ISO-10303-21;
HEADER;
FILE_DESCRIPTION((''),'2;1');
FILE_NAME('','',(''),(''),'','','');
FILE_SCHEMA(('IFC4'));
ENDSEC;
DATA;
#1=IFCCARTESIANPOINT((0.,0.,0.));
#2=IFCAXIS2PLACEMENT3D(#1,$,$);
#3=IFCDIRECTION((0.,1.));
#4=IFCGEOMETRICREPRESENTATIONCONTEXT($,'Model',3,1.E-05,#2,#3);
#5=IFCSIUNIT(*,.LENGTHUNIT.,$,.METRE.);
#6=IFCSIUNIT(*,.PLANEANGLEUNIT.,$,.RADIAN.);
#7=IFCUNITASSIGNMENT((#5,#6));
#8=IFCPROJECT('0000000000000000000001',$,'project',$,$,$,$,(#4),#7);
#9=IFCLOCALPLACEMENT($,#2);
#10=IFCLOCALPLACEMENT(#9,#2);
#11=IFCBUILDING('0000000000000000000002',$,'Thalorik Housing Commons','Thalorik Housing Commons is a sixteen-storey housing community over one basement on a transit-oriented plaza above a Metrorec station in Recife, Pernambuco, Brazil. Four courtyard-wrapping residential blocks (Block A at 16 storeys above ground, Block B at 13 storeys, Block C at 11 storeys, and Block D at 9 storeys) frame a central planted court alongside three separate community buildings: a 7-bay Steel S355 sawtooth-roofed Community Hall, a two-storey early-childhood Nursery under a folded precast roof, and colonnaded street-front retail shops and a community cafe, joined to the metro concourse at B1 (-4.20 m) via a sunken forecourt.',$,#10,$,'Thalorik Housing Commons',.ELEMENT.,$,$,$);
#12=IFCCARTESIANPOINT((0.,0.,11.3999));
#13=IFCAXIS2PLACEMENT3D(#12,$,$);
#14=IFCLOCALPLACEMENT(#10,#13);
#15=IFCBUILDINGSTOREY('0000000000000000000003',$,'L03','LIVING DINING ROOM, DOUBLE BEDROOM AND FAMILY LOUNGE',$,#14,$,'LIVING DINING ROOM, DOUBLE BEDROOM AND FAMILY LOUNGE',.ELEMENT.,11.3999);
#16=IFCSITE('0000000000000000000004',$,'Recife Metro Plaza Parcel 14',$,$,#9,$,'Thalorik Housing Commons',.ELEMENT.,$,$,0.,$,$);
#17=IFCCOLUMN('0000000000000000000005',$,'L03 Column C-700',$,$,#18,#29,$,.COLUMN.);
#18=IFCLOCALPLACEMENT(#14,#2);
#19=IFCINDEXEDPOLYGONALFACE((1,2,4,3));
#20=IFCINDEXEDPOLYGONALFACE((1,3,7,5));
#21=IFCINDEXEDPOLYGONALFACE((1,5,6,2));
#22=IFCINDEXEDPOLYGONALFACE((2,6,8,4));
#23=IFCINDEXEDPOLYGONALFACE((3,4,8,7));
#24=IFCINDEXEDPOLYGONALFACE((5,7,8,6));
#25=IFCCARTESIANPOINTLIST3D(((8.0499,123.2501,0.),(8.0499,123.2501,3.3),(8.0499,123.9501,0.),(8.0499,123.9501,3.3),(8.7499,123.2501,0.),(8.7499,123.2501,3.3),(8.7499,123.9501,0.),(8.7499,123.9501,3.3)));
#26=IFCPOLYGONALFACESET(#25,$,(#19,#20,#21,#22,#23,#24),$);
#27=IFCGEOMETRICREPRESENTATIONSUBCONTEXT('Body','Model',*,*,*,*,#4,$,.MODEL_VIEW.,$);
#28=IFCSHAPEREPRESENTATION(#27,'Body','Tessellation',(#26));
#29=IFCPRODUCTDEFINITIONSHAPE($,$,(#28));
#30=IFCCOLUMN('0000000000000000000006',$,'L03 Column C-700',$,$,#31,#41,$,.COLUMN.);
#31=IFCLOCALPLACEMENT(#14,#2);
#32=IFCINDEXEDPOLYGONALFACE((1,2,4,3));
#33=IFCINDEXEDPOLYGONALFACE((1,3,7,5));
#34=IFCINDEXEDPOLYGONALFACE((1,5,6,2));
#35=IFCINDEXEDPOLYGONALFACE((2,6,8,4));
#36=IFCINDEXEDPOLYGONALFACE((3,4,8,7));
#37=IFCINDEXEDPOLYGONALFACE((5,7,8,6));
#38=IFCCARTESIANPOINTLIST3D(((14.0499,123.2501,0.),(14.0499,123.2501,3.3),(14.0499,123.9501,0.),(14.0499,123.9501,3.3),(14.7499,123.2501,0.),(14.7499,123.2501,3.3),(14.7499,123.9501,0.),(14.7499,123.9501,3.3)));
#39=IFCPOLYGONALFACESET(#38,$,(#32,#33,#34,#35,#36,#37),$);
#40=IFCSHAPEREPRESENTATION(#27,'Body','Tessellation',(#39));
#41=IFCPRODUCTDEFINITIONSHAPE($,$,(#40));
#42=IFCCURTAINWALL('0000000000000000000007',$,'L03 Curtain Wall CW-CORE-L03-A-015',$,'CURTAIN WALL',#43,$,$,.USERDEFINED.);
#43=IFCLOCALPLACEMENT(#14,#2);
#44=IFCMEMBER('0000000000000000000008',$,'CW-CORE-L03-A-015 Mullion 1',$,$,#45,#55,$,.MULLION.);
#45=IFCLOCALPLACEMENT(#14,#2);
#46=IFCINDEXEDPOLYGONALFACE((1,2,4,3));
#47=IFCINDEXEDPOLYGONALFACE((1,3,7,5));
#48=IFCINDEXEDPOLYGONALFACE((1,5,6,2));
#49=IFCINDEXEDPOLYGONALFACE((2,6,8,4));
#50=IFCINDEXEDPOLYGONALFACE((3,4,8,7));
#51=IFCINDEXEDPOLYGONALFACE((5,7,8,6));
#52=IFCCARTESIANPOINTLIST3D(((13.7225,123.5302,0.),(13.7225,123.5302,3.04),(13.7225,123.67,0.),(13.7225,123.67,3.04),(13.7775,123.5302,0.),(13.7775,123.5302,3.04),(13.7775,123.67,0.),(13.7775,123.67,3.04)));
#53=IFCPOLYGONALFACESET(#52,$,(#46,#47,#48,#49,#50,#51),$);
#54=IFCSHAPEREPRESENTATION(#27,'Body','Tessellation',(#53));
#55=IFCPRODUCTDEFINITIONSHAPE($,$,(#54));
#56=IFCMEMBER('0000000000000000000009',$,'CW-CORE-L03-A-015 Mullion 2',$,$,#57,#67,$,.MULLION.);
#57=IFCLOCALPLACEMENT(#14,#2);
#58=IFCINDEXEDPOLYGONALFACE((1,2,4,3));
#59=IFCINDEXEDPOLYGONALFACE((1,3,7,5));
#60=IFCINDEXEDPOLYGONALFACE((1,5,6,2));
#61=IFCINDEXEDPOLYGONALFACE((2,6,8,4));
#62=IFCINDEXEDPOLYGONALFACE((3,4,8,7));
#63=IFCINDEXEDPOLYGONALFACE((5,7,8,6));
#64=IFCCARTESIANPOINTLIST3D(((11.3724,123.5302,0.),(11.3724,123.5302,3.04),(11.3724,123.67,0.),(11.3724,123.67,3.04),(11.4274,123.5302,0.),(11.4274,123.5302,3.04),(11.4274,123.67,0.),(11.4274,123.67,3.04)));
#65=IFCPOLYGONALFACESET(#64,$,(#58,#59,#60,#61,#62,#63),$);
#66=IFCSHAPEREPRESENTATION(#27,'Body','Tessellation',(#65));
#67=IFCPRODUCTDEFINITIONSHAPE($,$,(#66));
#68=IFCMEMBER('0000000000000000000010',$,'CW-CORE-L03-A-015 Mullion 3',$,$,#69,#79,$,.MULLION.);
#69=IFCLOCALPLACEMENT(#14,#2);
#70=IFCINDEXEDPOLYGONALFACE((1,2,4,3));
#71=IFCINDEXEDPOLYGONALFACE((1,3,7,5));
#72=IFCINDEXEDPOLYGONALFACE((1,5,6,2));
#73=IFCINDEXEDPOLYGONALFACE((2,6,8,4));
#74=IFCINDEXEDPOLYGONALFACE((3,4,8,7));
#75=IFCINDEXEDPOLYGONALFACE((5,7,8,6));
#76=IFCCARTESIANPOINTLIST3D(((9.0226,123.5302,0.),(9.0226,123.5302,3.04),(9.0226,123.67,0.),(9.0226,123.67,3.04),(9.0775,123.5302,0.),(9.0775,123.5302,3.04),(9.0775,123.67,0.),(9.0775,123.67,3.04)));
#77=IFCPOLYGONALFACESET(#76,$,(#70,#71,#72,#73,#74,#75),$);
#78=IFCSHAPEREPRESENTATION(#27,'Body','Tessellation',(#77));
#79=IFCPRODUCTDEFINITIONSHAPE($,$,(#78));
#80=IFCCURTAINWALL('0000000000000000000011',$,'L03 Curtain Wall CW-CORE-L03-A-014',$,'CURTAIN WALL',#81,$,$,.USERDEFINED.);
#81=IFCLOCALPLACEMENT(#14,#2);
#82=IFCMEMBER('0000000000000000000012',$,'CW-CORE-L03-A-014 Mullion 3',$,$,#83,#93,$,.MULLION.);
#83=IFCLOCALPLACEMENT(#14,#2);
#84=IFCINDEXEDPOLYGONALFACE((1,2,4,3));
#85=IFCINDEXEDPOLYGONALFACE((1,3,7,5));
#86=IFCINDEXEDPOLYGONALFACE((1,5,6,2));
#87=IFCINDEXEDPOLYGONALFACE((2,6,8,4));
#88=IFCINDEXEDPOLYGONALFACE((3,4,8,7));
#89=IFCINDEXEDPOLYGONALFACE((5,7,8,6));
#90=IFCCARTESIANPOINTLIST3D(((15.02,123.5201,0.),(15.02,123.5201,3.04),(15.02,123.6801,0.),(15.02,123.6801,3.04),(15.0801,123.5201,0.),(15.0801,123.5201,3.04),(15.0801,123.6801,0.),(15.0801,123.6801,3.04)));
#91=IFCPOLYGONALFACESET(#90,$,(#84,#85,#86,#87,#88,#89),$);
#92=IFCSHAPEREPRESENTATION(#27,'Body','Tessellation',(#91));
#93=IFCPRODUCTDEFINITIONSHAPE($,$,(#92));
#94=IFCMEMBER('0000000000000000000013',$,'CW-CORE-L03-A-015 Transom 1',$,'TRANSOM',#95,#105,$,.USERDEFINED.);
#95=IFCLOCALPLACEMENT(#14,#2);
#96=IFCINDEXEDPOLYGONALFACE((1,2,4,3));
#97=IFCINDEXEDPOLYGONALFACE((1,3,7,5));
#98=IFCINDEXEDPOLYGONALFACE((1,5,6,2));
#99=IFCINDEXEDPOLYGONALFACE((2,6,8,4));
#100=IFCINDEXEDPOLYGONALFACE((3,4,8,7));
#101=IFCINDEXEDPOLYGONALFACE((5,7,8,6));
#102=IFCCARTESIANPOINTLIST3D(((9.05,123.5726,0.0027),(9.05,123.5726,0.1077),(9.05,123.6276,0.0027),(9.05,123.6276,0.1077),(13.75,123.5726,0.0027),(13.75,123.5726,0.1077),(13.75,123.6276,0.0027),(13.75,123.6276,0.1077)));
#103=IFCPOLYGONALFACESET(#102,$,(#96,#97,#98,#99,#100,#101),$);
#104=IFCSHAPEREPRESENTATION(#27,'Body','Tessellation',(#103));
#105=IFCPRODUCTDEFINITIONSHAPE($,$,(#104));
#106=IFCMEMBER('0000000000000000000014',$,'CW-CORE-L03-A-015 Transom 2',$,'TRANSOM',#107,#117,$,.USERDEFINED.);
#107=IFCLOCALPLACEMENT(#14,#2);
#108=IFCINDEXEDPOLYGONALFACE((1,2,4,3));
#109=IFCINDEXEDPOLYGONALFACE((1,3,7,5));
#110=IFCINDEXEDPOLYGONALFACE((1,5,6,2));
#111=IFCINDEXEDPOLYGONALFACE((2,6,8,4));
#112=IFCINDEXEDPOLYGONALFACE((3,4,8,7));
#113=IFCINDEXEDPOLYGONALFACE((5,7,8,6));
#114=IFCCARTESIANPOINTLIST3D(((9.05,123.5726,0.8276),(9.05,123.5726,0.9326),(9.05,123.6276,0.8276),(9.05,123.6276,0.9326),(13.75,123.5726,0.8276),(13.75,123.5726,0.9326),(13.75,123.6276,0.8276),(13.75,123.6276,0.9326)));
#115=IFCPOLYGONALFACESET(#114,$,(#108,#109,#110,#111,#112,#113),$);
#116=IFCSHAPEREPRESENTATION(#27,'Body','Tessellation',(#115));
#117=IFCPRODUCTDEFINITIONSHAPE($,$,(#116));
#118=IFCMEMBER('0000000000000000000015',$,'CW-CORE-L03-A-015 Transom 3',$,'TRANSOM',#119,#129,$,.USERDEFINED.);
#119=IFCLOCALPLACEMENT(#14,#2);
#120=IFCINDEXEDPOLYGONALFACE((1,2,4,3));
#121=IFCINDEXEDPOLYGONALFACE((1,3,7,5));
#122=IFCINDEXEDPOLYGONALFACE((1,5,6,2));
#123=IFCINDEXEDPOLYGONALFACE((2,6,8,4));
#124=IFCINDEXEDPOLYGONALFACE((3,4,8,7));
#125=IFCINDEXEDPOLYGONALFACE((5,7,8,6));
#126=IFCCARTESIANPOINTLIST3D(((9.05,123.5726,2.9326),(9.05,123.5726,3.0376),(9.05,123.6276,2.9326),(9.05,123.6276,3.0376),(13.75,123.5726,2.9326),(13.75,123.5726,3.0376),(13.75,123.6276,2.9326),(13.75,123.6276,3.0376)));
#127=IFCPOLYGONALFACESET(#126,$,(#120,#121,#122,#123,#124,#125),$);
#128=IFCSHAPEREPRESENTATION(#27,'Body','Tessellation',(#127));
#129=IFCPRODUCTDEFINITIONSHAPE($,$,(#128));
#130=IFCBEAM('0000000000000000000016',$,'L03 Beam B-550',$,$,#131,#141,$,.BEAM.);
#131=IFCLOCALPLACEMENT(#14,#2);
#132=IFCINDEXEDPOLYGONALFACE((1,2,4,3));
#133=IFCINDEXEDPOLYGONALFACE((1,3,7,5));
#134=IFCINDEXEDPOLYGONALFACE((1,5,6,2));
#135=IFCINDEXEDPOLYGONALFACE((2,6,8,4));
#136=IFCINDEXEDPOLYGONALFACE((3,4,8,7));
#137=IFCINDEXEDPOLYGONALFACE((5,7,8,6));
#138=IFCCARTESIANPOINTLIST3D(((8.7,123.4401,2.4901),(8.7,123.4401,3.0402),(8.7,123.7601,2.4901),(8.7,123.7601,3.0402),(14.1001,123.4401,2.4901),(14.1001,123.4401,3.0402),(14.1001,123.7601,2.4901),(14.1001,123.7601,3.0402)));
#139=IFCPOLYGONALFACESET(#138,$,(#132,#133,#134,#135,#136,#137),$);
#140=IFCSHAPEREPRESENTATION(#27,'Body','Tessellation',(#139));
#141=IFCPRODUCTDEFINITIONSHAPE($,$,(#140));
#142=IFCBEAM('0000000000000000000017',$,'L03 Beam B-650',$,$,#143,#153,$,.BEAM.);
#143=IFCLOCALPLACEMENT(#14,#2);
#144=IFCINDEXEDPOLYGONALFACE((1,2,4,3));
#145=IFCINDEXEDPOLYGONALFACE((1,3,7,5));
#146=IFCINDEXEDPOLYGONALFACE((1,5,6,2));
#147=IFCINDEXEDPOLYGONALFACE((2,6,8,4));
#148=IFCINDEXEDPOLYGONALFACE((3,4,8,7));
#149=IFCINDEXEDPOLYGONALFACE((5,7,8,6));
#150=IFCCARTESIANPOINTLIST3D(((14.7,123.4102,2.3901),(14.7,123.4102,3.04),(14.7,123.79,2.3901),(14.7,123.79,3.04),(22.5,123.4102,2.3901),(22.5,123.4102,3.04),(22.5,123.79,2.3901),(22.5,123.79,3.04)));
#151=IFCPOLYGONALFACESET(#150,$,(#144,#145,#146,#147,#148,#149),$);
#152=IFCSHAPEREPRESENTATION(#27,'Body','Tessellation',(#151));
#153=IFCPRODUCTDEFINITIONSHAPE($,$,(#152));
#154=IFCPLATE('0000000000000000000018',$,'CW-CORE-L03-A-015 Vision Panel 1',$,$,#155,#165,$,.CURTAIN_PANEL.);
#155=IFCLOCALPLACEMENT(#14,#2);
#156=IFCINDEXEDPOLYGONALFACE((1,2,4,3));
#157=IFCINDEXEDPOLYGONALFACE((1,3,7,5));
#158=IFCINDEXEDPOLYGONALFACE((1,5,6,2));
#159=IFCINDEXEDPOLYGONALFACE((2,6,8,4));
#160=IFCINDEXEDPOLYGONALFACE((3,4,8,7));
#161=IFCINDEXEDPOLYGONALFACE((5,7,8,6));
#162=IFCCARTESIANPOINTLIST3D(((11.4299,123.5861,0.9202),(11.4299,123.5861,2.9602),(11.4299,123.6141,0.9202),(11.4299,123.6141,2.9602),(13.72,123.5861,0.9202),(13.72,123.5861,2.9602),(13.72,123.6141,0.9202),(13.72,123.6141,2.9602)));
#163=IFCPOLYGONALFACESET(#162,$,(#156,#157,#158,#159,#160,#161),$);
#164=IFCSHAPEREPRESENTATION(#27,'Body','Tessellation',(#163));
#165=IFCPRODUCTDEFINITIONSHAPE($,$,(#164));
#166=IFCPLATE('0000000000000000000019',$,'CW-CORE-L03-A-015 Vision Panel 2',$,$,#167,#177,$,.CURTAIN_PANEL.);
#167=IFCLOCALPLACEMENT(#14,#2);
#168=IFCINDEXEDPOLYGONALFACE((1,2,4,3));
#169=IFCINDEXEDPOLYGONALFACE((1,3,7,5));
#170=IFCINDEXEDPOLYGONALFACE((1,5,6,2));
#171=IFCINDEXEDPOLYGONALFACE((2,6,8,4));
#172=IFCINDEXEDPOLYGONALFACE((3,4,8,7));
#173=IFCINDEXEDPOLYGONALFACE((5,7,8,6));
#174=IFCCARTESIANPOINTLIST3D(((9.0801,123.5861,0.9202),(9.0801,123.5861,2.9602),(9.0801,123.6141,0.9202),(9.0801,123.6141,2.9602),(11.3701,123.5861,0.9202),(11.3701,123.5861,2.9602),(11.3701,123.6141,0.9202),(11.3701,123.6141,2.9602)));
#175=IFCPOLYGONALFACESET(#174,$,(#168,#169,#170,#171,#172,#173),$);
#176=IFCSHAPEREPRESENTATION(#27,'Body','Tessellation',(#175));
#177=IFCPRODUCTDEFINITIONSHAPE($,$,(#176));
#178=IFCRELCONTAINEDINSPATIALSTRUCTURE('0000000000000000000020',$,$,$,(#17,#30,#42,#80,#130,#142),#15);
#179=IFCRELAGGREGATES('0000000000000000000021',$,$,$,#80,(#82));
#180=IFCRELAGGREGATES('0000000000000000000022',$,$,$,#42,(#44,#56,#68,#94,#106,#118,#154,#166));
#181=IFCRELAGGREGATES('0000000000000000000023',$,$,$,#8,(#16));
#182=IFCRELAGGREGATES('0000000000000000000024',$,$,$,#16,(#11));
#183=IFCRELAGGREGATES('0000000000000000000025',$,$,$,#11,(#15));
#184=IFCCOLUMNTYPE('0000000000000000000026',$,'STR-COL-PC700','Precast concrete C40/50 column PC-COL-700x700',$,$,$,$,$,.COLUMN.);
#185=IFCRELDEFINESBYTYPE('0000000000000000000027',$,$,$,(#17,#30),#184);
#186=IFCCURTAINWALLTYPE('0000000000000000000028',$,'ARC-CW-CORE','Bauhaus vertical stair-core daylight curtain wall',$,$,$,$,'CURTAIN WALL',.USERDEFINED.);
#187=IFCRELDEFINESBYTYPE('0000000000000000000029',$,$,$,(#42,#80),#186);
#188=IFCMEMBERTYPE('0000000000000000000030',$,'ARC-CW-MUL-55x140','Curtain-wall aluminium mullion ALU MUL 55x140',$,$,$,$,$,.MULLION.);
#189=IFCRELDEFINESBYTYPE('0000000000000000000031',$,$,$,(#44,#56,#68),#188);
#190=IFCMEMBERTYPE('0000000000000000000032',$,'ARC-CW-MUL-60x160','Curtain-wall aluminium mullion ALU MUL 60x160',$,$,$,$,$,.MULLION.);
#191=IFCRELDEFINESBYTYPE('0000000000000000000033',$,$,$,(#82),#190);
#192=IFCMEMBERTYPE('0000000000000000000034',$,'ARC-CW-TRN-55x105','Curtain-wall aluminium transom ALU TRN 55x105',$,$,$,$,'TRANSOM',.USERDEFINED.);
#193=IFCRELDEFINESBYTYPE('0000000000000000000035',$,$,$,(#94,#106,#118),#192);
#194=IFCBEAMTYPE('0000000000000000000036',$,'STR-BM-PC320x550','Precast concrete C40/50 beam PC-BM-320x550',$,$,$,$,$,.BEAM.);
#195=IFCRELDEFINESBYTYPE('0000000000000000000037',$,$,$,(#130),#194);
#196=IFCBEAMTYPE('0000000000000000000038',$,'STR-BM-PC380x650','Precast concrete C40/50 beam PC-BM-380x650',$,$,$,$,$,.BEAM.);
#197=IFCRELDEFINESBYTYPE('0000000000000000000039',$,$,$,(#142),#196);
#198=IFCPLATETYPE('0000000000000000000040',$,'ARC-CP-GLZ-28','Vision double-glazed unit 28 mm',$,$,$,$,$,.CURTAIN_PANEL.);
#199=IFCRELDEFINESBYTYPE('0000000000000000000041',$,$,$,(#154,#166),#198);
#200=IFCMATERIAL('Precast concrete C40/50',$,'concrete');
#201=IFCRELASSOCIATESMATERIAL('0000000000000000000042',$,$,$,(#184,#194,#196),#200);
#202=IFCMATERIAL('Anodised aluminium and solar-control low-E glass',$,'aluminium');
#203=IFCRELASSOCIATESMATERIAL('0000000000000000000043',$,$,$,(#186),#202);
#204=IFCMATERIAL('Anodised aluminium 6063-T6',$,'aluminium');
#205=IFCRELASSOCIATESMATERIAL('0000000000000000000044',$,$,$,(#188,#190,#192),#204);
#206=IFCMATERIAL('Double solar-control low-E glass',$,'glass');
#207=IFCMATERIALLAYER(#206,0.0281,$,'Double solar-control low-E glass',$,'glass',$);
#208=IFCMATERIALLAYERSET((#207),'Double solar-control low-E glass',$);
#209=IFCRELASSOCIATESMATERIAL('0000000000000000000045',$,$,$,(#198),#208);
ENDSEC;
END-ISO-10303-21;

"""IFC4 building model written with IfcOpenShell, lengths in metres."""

from ifc_helpers import new_model, si_unit, direction, frame, origin, origin_2d, place, context, subcontext, project, spatial, rectangle, extrude, material, layer, layer_set, material_profile, profile_set, type_object, element, aggregate, save


model = new_model("IFC4")

# Units and contexts
model_context = context("Model", 3, precision=1e-05, world=origin(), true_north=direction((0.0, 1.0)))
body_context = subcontext(model_context, "Body", "Model", "MODEL_VIEW")
ifc_project = project(units=[si_unit("LENGTHUNIT", "METRE"), si_unit("PLANEANGLEUNIT", "RADIAN")], contexts=[model_context])

# Site, building, storey
site_placement = place(None, origin())
site = spatial("IfcSite", under=ifc_project, at=site_placement, Name="Recife Metro Plaza Parcel 14", LongName="Thalorik Housing Commons", CompositionType="ELEMENT", RefElevation=0.0)
building_placement = place(site_placement, origin())
building = spatial("IfcBuilding", under=site, at=building_placement, Name="Thalorik Housing Commons", Description="Thalorik Housing Commons is a sixteen-storey housing community over one basement on a transit-oriented plaza above a Metrorec station in Recife, Pernambuco, Brazil. Four courtyard-wrapping residential blocks (Block A at 16 storeys above ground, Block B at 13 storeys, Block C at 11 storeys, and Block D at 9 storeys) frame a central planted court alongside three separate community buildings: a 7-bay Steel S355 sawtooth-roofed Community Hall, a two-storey early-childhood Nursery under a folded precast roof, and colonnaded street-front retail shops and a community cafe, joined to the metro concourse at B1 (-4.20 m) via a sunken forecourt.", LongName="Thalorik Housing Commons", CompositionType="ELEMENT")
storey_placement = place(building_placement, frame((0.0, 0.0, 11.3999)))
storey = spatial("IfcBuildingStorey", under=building, at=storey_placement, Name="L03", Description="LIVING DINING ROOM, DOUBLE BEDROOM AND FAMILY LOUNGE", LongName="LIVING DINING ROOM, DOUBLE BEDROOM AND FAMILY LOUNGE", CompositionType="ELEMENT", Elevation=11.3999)

# Columns
ifc_material_1 = material(Name="Precast concrete C40/50", Category="concrete")
ifc_material_profile_1 = material_profile(ifc_material_1, rectangle(XDim=0.7, YDim=0.7, at=origin_2d()), Name="PC 700x700", Category="concrete")
ifc_profile_set_1 = profile_set([ifc_material_profile_1], Name="Precast concrete C40/50")
column_type = type_object("IfcColumnType", Name="STR-COL-PC700", Description="Precast concrete C40/50 column PC-COL-700x700", PredefinedType="COLUMN", material=ifc_profile_set_1)
for number, where, z_axis, x_axis, name in (
    (1, (8.3999, 123.6001, 0.0), (0.0, 0.0, 1.0), (1.0, 0.0, 0.0), "L03 Column C-700"),
    (2, (14.3999, 123.6001, 0.0), (0.0, 0.0, 1.0), (1.0, 0.0, 0.0), "L03 Column C-700"),
):
    element("IfcColumn", number, at=place(storey_placement, frame(where, z_axis=z_axis, x_axis=x_axis)), inside=storey, type_object=column_type, Name=name, PredefinedType="COLUMN", context=body_context, shape_type="SweptSolid", body=[
        extrude(rectangle(XDim=0.7, YDim=0.7, at=origin_2d()), origin(), (0.0, 0.0, 1.0), 3.3),
    ])

# Curtain wall, members
ifc_material_2 = material(Name="Anodised aluminium and solar-control low-E glass", Category="aluminium")
curtain_wall_type = type_object("IfcCurtainWallType", Name="ARC-CW-CORE", Description="Bauhaus vertical stair-core daylight curtain wall", ElementType="CURTAIN WALL", PredefinedType="USERDEFINED", material=ifc_material_2)
curtain_wall_1_placement = place(storey_placement, origin())
curtain_wall_1 = element("IfcCurtainWall", 3, at=curtain_wall_1_placement, inside=storey, type_object=curtain_wall_type, Name="L03 Curtain Wall CW-CORE-L03-A-015", ObjectType="CURTAIN WALL", PredefinedType="USERDEFINED")
ifc_material_3 = material(Name="Anodised aluminium 6063-T6", Category="aluminium")
ifc_material_profile_2 = material_profile(ifc_material_3, rectangle(XDim=0.0549, YDim=0.1399, at=origin_2d()), Name="ALU MUL 55x140", Category="aluminium")
ifc_profile_set_2 = profile_set([ifc_material_profile_2], Name="Anodised aluminium 6063-T6")
member_type_1 = type_object("IfcMemberType", Name="ARC-CW-MUL-55x140", Description="Curtain-wall aluminium mullion ALU MUL 55x140", PredefinedType="MULLION", material=ifc_profile_set_2)
member_1_placement = place(storey_placement, frame((13.75, 123.6001, 0.0), z_axis=(0.0, 0.0, 1.0), x_axis=(-1.0, 0.0, 0.0)))
member_1 = element("IfcMember", 4, at=member_1_placement, type_object=member_type_1, Name="CW-CORE-L03-A-015 Mullion 1", PredefinedType="MULLION", context=body_context, shape_type="SweptSolid", body=[
    extrude(rectangle(XDim=0.0549, YDim=0.1399, at=origin_2d()), origin(), (0.0, 0.0, 1.0), 3.04),
])
member_2_placement = place(storey_placement, frame((11.3999, 123.6001, 0.0), z_axis=(0.0, 0.0, 1.0), x_axis=(-1.0, 0.0, 0.0)))
member_2 = element("IfcMember", 5, at=member_2_placement, type_object=member_type_1, Name="CW-CORE-L03-A-015 Mullion 2", PredefinedType="MULLION", context=body_context, shape_type="SweptSolid", body=[
    extrude(rectangle(XDim=0.0549, YDim=0.1399, at=origin_2d()), origin(), (0.0, 0.0, 1.0), 3.04),
])
member_3_placement = place(storey_placement, frame((9.05, 123.6001, 0.0), z_axis=(0.0, 0.0, 1.0), x_axis=(-1.0, 0.0, 0.0)))
member_3 = element("IfcMember", 6, at=member_3_placement, type_object=member_type_1, Name="CW-CORE-L03-A-015 Mullion 3", PredefinedType="MULLION", context=body_context, shape_type="SweptSolid", body=[
    extrude(rectangle(XDim=0.0549, YDim=0.1399, at=origin_2d()), origin(), (0.0, 0.0, 1.0), 3.04),
])

# Curtain wall, member
curtain_wall_2_placement = place(storey_placement, origin())
curtain_wall_2 = element("IfcCurtainWall", 7, at=curtain_wall_2_placement, inside=storey, type_object=curtain_wall_type, Name="L03 Curtain Wall CW-CORE-L03-A-014", ObjectType="CURTAIN WALL", PredefinedType="USERDEFINED")
ifc_material_profile_3 = material_profile(ifc_material_3, rectangle(XDim=0.0601, YDim=0.1599, at=origin_2d()), Name="ALU MUL 60x160", Category="aluminium")
ifc_profile_set_3 = profile_set([ifc_material_profile_3], Name="Anodised aluminium 6063-T6")
member_type_2 = type_object("IfcMemberType", Name="ARC-CW-MUL-60x160", Description="Curtain-wall aluminium mullion ALU MUL 60x160", PredefinedType="MULLION", material=ifc_profile_set_3)
member_4_placement = place(storey_placement, frame((15.05, 123.6001, 0.0), z_axis=(0.0, 0.0, 1.0), x_axis=(-1.0, 0.0, 0.0)))
member_4 = element("IfcMember", 8, at=member_4_placement, type_object=member_type_2, Name="CW-CORE-L03-A-014 Mullion 3", PredefinedType="MULLION", context=body_context, shape_type="SweptSolid", body=[
    extrude(rectangle(XDim=0.0601, YDim=0.1599, at=origin_2d()), origin(), (0.0, 0.0, 1.0), 3.04),
])
aggregate(curtain_wall_2, [member_4])

# Members
ifc_material_profile_4 = material_profile(ifc_material_3, rectangle(XDim=0.0549, YDim=0.105, at=origin_2d()), Name="ALU TRN 55x105", Category="aluminium")
ifc_profile_set_4 = profile_set([ifc_material_profile_4], Name="Anodised aluminium 6063-T6")
member_type_3 = type_object("IfcMemberType", Name="ARC-CW-TRN-55x105", Description="Curtain-wall aluminium transom ALU TRN 55x105", ElementType="TRANSOM", PredefinedType="USERDEFINED", material=ifc_profile_set_4)
member_5_placement = place(storey_placement, frame((13.75, 123.6001, 0.0552), z_axis=(-1.0, 0.0, 0.0), x_axis=(0.0, -1.0, 0.0)))
member_5 = element("IfcMember", 9, at=member_5_placement, type_object=member_type_3, Name="CW-CORE-L03-A-015 Transom 1", ObjectType="TRANSOM", PredefinedType="USERDEFINED", context=body_context, shape_type="SweptSolid", body=[
    extrude(rectangle(XDim=0.0549, YDim=0.105, at=origin_2d()), origin(), (0.0, 0.0, 1.0), 4.7),
])
member_6_placement = place(storey_placement, frame((13.75, 123.6001, 0.8801), z_axis=(-1.0, 0.0, 0.0), x_axis=(0.0, -1.0, 0.0)))
member_6 = element("IfcMember", 10, at=member_6_placement, type_object=member_type_3, Name="CW-CORE-L03-A-015 Transom 2", ObjectType="TRANSOM", PredefinedType="USERDEFINED", context=body_context, shape_type="SweptSolid", body=[
    extrude(rectangle(XDim=0.0549, YDim=0.105, at=origin_2d()), origin(), (0.0, 0.0, 1.0), 4.7),
])
member_7_placement = place(storey_placement, frame((13.75, 123.6001, 2.9851), z_axis=(-1.0, 0.0, 0.0), x_axis=(0.0, -1.0, 0.0)))
member_7 = element("IfcMember", 11, at=member_7_placement, type_object=member_type_3, Name="CW-CORE-L03-A-015 Transom 3", ObjectType="TRANSOM", PredefinedType="USERDEFINED", context=body_context, shape_type="SweptSolid", body=[
    extrude(rectangle(XDim=0.0549, YDim=0.105, at=origin_2d()), origin(), (0.0, 0.0, 1.0), 4.7),
])

# Beams
ifc_material_profile_5 = material_profile(ifc_material_1, rectangle(XDim=0.3201, YDim=0.55, at=origin_2d()), Name="PC 320x550", Category="concrete")
ifc_profile_set_5 = profile_set([ifc_material_profile_5], Name="Precast concrete C40/50")
beam_type_1 = type_object("IfcBeamType", Name="STR-BM-PC320x550", Description="Precast concrete C40/50 beam PC-BM-320x550", PredefinedType="BEAM", material=ifc_profile_set_5)
beam_1_placement = place(storey_placement, frame((8.7, 123.6001, 2.7651), z_axis=(1.0, 0.0, 0.0), x_axis=(0.0, 1.0, 0.0)))
element("IfcBeam", 12, at=beam_1_placement, inside=storey, type_object=beam_type_1, Name="L03 Beam B-550", PredefinedType="BEAM", context=body_context, shape_type="SweptSolid", body=[
    extrude(rectangle(XDim=0.3201, YDim=0.55, at=origin_2d()), origin(), (0.0, 0.0, 1.0), 5.4001),
])
ifc_material_profile_6 = material_profile(ifc_material_1, rectangle(XDim=0.3799, YDim=0.6499, at=origin_2d()), Name="PC 380x650", Category="concrete")
ifc_profile_set_6 = profile_set([ifc_material_profile_6], Name="Precast concrete C40/50")
beam_type_2 = type_object("IfcBeamType", Name="STR-BM-PC380x650", Description="Precast concrete C40/50 beam PC-BM-380x650", PredefinedType="BEAM", material=ifc_profile_set_6)
beam_2_placement = place(storey_placement, frame((14.7, 123.6001, 2.7151), z_axis=(1.0, 0.0, 0.0), x_axis=(0.0, 1.0, 0.0)))
element("IfcBeam", 13, at=beam_2_placement, inside=storey, type_object=beam_type_2, Name="L03 Beam B-650", PredefinedType="BEAM", context=body_context, shape_type="SweptSolid", body=[
    extrude(rectangle(XDim=0.3799, YDim=0.6499, at=origin_2d()), origin(), (0.0, 0.0, 1.0), 7.8),
])

# Plates
ifc_material_4 = material(Name="Double solar-control low-E glass", Category="glass")
ifc_layer_1 = layer(ifc_material_4, 0.0281, Name="Double solar-control low-E glass", Category="glass")
ifc_layer_set_1 = layer_set([ifc_layer_1], Name="Double solar-control low-E glass")
plate_type_1 = type_object("IfcPlateType", Name="ARC-CP-GLZ-28", Description="Vision double-glazed unit 28 mm", PredefinedType="CURTAIN_PANEL", material=ifc_layer_set_1)
plate_1_placement = place(storey_placement, frame((12.575, 123.6001, 0.9202), z_axis=(0.0, 0.0, 1.0), x_axis=(-1.0, 0.0, 0.0)))
plate_1 = element("IfcPlate", 14, at=plate_1_placement, type_object=plate_type_1, Name="CW-CORE-L03-A-015 Vision Panel 1", PredefinedType="CURTAIN_PANEL", context=body_context, shape_type="SweptSolid", body=[
    extrude(rectangle(XDim=2.29, YDim=0.0281, at=origin_2d()), origin(), (0.0, 0.0, 1.0), 2.04),
])
plate_2_placement = place(storey_placement, frame((10.2251, 123.6001, 0.9202), z_axis=(0.0, 0.0, 1.0), x_axis=(-1.0, 0.0, 0.0)))
plate_2 = element("IfcPlate", 15, at=plate_2_placement, type_object=plate_type_1, Name="CW-CORE-L03-A-015 Vision Panel 2", PredefinedType="CURTAIN_PANEL", context=body_context, shape_type="SweptSolid", body=[
    extrude(rectangle(XDim=2.29, YDim=0.0281, at=origin_2d()), origin(), (0.0, 0.0, 1.0), 2.04),
])
aggregate(curtain_wall_1, [member_1, member_2, member_3, member_5, member_6, member_7, plate_1, plate_2])

save(model, "model.ifc")
